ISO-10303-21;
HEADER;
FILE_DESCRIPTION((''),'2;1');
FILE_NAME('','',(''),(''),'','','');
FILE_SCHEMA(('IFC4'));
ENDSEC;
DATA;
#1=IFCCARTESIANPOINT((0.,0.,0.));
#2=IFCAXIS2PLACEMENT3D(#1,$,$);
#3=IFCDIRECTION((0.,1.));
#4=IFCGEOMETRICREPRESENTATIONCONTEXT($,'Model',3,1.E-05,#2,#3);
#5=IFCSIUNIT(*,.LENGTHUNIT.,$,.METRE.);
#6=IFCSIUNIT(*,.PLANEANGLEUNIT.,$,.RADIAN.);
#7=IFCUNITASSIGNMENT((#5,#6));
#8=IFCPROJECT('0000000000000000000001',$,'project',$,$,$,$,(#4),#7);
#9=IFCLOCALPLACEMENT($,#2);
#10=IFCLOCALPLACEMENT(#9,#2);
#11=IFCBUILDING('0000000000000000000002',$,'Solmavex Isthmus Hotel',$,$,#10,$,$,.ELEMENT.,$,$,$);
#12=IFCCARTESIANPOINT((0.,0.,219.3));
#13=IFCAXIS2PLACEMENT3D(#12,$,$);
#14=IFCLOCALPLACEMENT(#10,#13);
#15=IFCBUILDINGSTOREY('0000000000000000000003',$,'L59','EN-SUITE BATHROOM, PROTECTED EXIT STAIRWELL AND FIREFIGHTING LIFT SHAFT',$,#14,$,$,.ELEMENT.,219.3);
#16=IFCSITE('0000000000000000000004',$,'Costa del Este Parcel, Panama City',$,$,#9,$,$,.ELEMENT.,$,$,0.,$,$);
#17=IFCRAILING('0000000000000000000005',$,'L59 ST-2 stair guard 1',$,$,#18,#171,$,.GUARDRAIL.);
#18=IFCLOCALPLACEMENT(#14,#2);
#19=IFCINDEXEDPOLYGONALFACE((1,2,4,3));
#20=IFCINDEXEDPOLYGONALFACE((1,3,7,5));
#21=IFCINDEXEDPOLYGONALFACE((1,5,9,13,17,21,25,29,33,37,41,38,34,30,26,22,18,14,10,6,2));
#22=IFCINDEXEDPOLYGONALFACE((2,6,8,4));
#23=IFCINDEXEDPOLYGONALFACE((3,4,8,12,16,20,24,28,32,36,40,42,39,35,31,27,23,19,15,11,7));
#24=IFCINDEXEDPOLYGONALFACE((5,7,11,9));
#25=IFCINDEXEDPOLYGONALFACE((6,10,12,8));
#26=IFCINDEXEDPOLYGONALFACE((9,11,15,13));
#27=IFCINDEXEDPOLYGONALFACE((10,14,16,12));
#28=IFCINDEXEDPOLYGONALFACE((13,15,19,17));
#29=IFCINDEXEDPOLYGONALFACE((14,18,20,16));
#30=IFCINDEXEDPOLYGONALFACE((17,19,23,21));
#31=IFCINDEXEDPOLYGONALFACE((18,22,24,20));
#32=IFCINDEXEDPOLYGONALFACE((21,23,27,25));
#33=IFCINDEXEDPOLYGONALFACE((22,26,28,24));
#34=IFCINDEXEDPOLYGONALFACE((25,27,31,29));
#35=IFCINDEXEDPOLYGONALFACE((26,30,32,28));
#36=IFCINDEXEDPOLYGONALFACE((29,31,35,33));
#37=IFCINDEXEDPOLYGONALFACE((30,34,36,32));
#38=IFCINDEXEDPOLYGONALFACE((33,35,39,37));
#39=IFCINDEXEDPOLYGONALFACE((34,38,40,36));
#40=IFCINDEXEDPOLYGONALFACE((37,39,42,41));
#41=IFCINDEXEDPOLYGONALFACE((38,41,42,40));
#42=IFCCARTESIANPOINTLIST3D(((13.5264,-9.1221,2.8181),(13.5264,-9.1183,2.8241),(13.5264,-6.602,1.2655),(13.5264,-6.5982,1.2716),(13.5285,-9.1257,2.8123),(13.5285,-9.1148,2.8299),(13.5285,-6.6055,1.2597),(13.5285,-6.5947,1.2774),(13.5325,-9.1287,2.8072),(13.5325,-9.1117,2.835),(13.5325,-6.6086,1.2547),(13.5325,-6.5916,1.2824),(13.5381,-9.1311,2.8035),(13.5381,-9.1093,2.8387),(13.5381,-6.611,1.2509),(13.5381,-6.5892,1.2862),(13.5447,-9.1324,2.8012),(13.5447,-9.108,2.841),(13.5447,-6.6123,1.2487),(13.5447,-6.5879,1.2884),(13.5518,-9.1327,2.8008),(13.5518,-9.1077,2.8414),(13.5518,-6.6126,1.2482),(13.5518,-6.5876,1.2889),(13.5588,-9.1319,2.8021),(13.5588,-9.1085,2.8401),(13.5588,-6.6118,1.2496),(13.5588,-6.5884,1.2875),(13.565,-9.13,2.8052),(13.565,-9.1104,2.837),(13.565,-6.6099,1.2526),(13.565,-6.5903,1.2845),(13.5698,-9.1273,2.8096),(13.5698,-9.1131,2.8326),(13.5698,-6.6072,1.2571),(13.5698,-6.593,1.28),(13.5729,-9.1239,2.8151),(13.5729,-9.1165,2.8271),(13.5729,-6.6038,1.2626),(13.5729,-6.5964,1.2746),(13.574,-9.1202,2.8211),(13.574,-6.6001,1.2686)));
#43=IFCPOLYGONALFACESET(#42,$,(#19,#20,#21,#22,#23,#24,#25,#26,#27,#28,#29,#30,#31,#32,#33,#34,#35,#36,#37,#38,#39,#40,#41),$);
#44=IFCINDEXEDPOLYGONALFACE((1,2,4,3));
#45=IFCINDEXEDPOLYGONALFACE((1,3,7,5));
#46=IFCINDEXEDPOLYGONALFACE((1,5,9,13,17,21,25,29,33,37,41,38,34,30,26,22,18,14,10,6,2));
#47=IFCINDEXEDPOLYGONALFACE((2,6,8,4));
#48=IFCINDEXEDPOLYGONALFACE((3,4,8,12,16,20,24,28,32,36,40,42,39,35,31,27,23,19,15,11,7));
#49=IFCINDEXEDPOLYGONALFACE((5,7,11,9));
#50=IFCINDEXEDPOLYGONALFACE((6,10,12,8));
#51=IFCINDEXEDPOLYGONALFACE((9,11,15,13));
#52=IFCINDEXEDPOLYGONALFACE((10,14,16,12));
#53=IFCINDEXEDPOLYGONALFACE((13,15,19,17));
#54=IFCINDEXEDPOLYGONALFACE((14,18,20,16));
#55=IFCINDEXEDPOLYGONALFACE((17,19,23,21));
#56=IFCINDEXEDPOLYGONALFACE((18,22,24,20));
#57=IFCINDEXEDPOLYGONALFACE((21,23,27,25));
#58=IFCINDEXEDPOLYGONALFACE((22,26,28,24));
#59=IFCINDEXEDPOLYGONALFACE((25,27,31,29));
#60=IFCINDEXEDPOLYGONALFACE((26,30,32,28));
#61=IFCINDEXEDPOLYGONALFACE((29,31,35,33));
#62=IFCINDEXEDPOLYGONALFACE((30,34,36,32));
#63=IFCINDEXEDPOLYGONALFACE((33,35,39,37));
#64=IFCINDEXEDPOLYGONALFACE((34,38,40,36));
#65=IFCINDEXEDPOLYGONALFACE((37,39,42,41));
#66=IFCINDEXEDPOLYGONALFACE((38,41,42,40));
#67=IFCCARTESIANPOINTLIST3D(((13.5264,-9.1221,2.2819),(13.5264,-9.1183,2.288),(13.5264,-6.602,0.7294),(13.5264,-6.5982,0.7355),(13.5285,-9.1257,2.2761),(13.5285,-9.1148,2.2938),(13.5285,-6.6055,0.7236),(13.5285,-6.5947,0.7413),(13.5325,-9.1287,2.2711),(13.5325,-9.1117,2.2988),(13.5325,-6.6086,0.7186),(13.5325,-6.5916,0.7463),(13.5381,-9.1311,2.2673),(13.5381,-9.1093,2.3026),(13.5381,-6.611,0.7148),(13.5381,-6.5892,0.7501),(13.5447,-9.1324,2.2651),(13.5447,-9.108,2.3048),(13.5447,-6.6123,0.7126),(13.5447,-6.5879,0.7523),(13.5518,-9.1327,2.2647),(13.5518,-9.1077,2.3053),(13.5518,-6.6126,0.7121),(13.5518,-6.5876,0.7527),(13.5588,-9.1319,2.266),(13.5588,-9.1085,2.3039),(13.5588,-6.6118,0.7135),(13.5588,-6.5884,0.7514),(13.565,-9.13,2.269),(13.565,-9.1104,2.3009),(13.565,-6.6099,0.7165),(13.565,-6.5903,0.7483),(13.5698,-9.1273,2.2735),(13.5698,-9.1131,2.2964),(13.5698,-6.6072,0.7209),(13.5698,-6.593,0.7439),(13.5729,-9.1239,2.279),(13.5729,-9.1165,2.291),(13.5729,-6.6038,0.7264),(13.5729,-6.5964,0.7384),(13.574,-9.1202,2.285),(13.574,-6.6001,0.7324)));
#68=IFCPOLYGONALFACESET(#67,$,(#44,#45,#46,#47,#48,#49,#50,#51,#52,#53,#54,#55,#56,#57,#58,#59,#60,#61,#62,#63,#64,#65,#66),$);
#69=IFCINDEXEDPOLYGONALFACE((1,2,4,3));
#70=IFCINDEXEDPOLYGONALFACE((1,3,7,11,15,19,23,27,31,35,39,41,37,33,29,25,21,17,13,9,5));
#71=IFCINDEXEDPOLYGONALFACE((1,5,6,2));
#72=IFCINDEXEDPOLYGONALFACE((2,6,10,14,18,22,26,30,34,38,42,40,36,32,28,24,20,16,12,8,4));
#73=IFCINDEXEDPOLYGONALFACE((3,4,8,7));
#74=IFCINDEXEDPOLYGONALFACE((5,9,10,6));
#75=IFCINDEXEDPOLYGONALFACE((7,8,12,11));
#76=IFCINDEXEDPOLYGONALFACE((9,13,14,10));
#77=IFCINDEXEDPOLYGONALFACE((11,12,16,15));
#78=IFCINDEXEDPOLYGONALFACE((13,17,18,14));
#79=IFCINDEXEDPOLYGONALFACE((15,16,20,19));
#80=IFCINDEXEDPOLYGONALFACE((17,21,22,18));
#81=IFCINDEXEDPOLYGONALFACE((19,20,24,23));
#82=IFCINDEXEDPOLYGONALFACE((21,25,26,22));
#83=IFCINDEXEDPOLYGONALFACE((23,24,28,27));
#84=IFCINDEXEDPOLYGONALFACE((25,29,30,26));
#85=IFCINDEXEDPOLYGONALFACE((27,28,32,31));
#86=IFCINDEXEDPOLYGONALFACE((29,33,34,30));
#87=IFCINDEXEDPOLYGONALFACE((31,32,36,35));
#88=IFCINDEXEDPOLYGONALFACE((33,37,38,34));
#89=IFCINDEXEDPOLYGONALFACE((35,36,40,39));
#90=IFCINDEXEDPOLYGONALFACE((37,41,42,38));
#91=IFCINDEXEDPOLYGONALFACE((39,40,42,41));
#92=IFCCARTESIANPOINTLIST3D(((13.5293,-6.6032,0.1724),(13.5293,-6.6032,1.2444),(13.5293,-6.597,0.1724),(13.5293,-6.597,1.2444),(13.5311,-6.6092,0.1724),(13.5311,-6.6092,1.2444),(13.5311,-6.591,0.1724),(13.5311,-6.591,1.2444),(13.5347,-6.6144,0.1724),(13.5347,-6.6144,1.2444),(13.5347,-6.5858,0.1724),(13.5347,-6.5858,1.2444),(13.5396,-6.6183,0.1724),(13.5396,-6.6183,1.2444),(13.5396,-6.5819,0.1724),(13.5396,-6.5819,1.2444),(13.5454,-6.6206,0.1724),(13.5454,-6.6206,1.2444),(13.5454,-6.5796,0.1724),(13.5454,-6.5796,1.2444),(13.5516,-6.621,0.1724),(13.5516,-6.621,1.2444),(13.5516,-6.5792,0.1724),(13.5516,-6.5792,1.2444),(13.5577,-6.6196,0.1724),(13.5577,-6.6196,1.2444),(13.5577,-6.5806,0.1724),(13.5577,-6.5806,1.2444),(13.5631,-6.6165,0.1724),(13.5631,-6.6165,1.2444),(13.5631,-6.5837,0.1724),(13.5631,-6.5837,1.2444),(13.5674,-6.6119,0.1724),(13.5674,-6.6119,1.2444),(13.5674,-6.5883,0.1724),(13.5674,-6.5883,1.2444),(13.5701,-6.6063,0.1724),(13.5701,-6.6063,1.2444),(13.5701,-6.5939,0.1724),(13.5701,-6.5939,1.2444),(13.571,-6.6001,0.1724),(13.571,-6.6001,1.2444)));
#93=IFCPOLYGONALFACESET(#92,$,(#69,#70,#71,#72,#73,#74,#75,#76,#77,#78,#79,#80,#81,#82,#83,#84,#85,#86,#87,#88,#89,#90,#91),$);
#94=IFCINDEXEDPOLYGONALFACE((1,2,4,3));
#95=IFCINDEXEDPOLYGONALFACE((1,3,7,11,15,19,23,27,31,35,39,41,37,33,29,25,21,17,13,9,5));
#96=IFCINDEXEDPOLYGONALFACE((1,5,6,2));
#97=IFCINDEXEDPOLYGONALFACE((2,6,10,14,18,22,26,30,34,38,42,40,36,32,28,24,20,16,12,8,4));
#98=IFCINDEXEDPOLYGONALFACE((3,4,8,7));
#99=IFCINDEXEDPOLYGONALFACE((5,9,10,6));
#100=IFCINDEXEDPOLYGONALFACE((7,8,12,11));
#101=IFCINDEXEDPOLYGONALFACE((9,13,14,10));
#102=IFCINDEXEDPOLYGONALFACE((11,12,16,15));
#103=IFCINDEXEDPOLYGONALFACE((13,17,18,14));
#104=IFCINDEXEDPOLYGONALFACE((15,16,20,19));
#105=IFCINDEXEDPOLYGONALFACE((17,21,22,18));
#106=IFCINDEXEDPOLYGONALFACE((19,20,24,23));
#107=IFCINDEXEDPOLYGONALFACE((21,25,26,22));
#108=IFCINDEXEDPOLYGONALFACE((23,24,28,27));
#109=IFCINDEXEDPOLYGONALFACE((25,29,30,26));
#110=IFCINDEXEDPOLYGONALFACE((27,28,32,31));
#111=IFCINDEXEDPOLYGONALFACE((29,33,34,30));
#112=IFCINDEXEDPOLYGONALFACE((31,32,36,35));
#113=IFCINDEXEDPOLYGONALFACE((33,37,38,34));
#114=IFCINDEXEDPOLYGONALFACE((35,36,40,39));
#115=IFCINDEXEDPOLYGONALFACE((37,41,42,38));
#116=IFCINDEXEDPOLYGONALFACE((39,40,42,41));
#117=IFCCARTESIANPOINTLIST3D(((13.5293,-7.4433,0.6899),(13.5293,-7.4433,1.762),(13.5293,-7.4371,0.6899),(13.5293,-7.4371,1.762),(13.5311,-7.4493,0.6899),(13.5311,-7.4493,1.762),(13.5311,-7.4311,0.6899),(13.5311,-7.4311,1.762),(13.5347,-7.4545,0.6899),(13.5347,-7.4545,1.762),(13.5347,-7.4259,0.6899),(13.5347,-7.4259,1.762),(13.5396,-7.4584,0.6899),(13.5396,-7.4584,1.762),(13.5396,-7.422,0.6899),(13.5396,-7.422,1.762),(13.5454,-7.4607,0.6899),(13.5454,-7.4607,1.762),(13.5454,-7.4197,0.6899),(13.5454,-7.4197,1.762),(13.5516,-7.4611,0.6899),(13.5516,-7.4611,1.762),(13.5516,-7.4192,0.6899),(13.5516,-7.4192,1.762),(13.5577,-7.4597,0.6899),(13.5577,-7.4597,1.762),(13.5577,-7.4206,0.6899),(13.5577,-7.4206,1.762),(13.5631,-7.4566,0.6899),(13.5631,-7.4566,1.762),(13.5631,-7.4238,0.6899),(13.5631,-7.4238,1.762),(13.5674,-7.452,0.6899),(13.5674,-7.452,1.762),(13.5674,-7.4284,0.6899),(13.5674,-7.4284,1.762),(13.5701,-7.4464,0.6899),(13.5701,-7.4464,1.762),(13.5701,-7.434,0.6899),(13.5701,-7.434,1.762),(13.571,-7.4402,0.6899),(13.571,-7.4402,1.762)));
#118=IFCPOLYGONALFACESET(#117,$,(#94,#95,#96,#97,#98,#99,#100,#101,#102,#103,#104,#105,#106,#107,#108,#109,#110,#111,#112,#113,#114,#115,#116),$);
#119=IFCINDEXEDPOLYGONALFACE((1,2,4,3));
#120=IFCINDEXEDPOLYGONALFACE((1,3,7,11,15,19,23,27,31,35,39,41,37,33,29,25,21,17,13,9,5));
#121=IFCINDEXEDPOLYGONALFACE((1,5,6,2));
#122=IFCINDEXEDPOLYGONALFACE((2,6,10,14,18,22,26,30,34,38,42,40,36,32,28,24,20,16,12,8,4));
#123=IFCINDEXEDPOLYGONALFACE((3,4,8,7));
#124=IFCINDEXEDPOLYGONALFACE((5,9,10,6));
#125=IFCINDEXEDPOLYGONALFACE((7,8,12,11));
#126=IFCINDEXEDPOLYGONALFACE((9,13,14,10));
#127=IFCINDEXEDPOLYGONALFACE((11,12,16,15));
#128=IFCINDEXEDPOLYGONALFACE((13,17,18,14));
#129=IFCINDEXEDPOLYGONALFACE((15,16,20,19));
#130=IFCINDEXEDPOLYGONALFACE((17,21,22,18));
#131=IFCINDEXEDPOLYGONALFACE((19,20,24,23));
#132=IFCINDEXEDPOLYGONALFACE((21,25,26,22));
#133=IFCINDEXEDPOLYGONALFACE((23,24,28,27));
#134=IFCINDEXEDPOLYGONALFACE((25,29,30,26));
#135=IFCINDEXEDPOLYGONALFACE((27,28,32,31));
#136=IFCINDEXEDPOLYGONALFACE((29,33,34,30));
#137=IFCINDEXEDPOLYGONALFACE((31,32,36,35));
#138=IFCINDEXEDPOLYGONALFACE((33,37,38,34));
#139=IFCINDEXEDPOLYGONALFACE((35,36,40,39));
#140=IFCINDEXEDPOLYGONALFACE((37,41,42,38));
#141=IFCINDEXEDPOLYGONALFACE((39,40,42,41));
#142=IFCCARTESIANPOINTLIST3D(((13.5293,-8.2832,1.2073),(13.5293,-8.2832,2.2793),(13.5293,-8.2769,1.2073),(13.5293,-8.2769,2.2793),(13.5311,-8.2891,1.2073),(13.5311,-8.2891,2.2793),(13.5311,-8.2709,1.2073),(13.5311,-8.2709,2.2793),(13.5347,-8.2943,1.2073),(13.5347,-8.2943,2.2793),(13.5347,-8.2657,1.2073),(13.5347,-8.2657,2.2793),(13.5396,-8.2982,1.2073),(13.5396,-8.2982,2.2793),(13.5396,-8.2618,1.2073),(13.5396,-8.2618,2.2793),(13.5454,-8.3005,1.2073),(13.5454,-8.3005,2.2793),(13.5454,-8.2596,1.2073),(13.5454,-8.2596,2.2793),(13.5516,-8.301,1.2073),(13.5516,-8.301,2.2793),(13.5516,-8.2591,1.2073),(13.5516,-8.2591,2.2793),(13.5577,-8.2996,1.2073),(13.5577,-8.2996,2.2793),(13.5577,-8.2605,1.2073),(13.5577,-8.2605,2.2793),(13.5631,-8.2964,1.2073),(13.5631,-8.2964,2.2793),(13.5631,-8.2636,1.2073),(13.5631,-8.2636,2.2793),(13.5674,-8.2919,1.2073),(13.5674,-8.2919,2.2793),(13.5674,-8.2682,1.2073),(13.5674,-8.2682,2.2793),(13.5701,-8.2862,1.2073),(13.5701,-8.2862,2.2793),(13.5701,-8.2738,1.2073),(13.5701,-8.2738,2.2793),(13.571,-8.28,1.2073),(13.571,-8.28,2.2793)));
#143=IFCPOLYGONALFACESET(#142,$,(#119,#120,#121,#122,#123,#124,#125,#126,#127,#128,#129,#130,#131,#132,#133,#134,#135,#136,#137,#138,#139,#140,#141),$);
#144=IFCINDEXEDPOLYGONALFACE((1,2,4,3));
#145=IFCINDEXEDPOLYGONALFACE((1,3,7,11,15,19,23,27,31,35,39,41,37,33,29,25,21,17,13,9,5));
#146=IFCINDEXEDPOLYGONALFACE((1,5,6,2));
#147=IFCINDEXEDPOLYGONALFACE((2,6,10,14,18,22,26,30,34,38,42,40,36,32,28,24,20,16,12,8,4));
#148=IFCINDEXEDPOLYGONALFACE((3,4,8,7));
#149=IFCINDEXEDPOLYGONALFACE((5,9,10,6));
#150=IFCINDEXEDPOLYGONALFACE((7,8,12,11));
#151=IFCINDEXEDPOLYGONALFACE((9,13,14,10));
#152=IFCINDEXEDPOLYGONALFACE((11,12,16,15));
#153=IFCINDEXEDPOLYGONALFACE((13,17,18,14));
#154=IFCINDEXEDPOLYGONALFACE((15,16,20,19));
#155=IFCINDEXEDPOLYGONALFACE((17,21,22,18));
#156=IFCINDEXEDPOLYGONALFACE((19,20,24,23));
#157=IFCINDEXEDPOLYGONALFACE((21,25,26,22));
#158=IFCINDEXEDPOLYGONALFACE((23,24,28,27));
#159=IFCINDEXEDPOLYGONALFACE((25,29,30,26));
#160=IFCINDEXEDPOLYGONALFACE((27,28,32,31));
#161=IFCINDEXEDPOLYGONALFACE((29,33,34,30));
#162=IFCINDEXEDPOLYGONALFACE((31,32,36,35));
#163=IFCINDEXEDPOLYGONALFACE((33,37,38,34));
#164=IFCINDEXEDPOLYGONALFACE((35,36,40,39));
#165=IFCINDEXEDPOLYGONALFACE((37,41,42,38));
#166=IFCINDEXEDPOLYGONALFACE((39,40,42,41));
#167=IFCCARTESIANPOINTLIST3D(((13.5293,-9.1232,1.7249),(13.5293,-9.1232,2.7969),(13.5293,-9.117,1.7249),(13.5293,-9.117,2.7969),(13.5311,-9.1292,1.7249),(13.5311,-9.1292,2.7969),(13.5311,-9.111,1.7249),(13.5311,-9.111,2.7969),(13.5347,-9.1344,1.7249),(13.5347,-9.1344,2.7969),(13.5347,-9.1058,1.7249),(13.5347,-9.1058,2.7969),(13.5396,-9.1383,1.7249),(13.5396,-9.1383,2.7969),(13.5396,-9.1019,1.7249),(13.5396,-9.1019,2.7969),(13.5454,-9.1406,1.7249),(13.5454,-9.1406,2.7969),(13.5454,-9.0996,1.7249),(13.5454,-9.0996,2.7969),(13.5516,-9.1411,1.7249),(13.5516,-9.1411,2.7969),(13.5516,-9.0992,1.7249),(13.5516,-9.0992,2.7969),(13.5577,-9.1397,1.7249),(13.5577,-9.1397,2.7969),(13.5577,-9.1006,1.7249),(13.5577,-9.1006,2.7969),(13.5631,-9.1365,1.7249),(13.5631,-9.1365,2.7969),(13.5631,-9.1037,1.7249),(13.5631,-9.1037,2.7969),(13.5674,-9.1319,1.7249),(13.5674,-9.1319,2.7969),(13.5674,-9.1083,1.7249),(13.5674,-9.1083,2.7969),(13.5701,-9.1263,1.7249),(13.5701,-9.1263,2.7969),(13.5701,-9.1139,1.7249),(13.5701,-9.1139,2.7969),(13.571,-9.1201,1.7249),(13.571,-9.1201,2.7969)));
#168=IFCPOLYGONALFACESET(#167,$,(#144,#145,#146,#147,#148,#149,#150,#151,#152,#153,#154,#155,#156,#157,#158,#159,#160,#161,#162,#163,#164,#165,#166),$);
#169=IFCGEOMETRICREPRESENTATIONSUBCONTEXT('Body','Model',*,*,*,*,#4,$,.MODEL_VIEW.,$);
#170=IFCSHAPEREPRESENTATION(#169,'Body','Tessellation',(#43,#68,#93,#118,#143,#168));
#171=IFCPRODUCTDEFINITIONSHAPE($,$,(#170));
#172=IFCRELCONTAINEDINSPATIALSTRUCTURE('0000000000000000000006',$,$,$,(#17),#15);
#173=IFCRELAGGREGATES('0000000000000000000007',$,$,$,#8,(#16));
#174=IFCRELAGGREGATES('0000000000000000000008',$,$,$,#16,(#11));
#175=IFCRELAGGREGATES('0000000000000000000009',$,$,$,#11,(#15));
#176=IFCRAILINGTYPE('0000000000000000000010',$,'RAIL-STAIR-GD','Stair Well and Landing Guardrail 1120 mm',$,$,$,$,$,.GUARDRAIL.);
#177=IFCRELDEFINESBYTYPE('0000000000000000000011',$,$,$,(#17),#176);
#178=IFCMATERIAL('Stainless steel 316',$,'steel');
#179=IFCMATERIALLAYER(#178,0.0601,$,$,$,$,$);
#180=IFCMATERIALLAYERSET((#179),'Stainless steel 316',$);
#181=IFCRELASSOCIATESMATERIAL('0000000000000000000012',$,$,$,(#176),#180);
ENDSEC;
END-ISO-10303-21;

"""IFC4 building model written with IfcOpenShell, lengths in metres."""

from ifc_helpers import new_model, si_unit, direction, frame, origin, origin_2d, place, context, subcontext, project, spatial, circle, extrude, material, layer, layer_set, type_object, element, save


model = new_model("IFC4")

# Units and contexts
model_context = context("Model", 3, precision=1e-05, world=origin(), true_north=direction((0.0, 1.0)))
body_context = subcontext(model_context, "Body", "Model", "MODEL_VIEW")
ifc_project = project(units=[si_unit("LENGTHUNIT", "METRE"), si_unit("PLANEANGLEUNIT", "RADIAN")], contexts=[model_context])

# Site, building, storey
site_placement = place(None, origin())
site = spatial("IfcSite", under=ifc_project, at=site_placement, Name="Costa del Este Parcel, Panama City", CompositionType="ELEMENT", RefElevation=0.0)
building_placement = place(site_placement, origin())
building = spatial("IfcBuilding", under=site, at=building_placement, Name="Solmavex Isthmus Hotel", CompositionType="ELEMENT")
storey_placement = place(building_placement, frame((0.0, 0.0, 219.3)))
storey = spatial("IfcBuildingStorey", under=building, at=storey_placement, Name="L59", Description="EN-SUITE BATHROOM, PROTECTED EXIT STAIRWELL AND FIREFIGHTING LIFT SHAFT", CompositionType="ELEMENT", Elevation=219.3)

# Railing
ifc_material_1 = material(Name="Stainless steel 316", Category="steel")
ifc_layer_1 = layer(ifc_material_1, 0.0601)
ifc_layer_set_1 = layer_set([ifc_layer_1], Name="Stainless steel 316")
railing_type_1 = type_object("IfcRailingType", Name="RAIL-STAIR-GD", Description="Stair Well and Landing Guardrail 1120 mm", PredefinedType="GUARDRAIL", material=ifc_layer_set_1)
railing_1_placement = place(storey_placement, frame((13.55, -6.6001, 0.1724)))
element("IfcRailing", 1, at=railing_1_placement, inside=storey, type_object=railing_type_1, Name="L59 ST-2 stair guard 1", PredefinedType="GUARDRAIL", context=body_context, shape_type="SweptSolid", body=[
    extrude(circle(Radius=0.0239, at=origin_2d()), frame((0.0, 0.0, 1.0962), z_axis=(0.0, -0.8514, 0.524516), x_axis=(1.0, 0.0, 0.0)), (0.0, 0.0, 1.0), 2.96),
    extrude(circle(Radius=0.0239, at=origin_2d()), frame((0.0, 0.0, 0.5601), z_axis=(0.0, -0.8514, 0.524516), x_axis=(1.0, 0.0, 0.0)), (0.0, 0.0, 1.0), 2.96),
    extrude(circle(Radius=0.021, at=origin_2d()), origin(), (0.0, 0.0, 1.0), 1.072),
    extrude(circle(Radius=0.021, at=origin_2d()), frame((0.0, -0.8401, 0.5176)), (0.0, 0.0, 1.0), 1.072),
    extrude(circle(Radius=0.021, at=origin_2d()), frame((0.0, -1.6799, 1.0349)), (0.0, 0.0, 1.0), 1.072),
    extrude(circle(Radius=0.021, at=origin_2d()), frame((0.0, -2.52, 1.5525)), (0.0, 0.0, 1.0), 1.072),
])

save(model, "model.ifc")
